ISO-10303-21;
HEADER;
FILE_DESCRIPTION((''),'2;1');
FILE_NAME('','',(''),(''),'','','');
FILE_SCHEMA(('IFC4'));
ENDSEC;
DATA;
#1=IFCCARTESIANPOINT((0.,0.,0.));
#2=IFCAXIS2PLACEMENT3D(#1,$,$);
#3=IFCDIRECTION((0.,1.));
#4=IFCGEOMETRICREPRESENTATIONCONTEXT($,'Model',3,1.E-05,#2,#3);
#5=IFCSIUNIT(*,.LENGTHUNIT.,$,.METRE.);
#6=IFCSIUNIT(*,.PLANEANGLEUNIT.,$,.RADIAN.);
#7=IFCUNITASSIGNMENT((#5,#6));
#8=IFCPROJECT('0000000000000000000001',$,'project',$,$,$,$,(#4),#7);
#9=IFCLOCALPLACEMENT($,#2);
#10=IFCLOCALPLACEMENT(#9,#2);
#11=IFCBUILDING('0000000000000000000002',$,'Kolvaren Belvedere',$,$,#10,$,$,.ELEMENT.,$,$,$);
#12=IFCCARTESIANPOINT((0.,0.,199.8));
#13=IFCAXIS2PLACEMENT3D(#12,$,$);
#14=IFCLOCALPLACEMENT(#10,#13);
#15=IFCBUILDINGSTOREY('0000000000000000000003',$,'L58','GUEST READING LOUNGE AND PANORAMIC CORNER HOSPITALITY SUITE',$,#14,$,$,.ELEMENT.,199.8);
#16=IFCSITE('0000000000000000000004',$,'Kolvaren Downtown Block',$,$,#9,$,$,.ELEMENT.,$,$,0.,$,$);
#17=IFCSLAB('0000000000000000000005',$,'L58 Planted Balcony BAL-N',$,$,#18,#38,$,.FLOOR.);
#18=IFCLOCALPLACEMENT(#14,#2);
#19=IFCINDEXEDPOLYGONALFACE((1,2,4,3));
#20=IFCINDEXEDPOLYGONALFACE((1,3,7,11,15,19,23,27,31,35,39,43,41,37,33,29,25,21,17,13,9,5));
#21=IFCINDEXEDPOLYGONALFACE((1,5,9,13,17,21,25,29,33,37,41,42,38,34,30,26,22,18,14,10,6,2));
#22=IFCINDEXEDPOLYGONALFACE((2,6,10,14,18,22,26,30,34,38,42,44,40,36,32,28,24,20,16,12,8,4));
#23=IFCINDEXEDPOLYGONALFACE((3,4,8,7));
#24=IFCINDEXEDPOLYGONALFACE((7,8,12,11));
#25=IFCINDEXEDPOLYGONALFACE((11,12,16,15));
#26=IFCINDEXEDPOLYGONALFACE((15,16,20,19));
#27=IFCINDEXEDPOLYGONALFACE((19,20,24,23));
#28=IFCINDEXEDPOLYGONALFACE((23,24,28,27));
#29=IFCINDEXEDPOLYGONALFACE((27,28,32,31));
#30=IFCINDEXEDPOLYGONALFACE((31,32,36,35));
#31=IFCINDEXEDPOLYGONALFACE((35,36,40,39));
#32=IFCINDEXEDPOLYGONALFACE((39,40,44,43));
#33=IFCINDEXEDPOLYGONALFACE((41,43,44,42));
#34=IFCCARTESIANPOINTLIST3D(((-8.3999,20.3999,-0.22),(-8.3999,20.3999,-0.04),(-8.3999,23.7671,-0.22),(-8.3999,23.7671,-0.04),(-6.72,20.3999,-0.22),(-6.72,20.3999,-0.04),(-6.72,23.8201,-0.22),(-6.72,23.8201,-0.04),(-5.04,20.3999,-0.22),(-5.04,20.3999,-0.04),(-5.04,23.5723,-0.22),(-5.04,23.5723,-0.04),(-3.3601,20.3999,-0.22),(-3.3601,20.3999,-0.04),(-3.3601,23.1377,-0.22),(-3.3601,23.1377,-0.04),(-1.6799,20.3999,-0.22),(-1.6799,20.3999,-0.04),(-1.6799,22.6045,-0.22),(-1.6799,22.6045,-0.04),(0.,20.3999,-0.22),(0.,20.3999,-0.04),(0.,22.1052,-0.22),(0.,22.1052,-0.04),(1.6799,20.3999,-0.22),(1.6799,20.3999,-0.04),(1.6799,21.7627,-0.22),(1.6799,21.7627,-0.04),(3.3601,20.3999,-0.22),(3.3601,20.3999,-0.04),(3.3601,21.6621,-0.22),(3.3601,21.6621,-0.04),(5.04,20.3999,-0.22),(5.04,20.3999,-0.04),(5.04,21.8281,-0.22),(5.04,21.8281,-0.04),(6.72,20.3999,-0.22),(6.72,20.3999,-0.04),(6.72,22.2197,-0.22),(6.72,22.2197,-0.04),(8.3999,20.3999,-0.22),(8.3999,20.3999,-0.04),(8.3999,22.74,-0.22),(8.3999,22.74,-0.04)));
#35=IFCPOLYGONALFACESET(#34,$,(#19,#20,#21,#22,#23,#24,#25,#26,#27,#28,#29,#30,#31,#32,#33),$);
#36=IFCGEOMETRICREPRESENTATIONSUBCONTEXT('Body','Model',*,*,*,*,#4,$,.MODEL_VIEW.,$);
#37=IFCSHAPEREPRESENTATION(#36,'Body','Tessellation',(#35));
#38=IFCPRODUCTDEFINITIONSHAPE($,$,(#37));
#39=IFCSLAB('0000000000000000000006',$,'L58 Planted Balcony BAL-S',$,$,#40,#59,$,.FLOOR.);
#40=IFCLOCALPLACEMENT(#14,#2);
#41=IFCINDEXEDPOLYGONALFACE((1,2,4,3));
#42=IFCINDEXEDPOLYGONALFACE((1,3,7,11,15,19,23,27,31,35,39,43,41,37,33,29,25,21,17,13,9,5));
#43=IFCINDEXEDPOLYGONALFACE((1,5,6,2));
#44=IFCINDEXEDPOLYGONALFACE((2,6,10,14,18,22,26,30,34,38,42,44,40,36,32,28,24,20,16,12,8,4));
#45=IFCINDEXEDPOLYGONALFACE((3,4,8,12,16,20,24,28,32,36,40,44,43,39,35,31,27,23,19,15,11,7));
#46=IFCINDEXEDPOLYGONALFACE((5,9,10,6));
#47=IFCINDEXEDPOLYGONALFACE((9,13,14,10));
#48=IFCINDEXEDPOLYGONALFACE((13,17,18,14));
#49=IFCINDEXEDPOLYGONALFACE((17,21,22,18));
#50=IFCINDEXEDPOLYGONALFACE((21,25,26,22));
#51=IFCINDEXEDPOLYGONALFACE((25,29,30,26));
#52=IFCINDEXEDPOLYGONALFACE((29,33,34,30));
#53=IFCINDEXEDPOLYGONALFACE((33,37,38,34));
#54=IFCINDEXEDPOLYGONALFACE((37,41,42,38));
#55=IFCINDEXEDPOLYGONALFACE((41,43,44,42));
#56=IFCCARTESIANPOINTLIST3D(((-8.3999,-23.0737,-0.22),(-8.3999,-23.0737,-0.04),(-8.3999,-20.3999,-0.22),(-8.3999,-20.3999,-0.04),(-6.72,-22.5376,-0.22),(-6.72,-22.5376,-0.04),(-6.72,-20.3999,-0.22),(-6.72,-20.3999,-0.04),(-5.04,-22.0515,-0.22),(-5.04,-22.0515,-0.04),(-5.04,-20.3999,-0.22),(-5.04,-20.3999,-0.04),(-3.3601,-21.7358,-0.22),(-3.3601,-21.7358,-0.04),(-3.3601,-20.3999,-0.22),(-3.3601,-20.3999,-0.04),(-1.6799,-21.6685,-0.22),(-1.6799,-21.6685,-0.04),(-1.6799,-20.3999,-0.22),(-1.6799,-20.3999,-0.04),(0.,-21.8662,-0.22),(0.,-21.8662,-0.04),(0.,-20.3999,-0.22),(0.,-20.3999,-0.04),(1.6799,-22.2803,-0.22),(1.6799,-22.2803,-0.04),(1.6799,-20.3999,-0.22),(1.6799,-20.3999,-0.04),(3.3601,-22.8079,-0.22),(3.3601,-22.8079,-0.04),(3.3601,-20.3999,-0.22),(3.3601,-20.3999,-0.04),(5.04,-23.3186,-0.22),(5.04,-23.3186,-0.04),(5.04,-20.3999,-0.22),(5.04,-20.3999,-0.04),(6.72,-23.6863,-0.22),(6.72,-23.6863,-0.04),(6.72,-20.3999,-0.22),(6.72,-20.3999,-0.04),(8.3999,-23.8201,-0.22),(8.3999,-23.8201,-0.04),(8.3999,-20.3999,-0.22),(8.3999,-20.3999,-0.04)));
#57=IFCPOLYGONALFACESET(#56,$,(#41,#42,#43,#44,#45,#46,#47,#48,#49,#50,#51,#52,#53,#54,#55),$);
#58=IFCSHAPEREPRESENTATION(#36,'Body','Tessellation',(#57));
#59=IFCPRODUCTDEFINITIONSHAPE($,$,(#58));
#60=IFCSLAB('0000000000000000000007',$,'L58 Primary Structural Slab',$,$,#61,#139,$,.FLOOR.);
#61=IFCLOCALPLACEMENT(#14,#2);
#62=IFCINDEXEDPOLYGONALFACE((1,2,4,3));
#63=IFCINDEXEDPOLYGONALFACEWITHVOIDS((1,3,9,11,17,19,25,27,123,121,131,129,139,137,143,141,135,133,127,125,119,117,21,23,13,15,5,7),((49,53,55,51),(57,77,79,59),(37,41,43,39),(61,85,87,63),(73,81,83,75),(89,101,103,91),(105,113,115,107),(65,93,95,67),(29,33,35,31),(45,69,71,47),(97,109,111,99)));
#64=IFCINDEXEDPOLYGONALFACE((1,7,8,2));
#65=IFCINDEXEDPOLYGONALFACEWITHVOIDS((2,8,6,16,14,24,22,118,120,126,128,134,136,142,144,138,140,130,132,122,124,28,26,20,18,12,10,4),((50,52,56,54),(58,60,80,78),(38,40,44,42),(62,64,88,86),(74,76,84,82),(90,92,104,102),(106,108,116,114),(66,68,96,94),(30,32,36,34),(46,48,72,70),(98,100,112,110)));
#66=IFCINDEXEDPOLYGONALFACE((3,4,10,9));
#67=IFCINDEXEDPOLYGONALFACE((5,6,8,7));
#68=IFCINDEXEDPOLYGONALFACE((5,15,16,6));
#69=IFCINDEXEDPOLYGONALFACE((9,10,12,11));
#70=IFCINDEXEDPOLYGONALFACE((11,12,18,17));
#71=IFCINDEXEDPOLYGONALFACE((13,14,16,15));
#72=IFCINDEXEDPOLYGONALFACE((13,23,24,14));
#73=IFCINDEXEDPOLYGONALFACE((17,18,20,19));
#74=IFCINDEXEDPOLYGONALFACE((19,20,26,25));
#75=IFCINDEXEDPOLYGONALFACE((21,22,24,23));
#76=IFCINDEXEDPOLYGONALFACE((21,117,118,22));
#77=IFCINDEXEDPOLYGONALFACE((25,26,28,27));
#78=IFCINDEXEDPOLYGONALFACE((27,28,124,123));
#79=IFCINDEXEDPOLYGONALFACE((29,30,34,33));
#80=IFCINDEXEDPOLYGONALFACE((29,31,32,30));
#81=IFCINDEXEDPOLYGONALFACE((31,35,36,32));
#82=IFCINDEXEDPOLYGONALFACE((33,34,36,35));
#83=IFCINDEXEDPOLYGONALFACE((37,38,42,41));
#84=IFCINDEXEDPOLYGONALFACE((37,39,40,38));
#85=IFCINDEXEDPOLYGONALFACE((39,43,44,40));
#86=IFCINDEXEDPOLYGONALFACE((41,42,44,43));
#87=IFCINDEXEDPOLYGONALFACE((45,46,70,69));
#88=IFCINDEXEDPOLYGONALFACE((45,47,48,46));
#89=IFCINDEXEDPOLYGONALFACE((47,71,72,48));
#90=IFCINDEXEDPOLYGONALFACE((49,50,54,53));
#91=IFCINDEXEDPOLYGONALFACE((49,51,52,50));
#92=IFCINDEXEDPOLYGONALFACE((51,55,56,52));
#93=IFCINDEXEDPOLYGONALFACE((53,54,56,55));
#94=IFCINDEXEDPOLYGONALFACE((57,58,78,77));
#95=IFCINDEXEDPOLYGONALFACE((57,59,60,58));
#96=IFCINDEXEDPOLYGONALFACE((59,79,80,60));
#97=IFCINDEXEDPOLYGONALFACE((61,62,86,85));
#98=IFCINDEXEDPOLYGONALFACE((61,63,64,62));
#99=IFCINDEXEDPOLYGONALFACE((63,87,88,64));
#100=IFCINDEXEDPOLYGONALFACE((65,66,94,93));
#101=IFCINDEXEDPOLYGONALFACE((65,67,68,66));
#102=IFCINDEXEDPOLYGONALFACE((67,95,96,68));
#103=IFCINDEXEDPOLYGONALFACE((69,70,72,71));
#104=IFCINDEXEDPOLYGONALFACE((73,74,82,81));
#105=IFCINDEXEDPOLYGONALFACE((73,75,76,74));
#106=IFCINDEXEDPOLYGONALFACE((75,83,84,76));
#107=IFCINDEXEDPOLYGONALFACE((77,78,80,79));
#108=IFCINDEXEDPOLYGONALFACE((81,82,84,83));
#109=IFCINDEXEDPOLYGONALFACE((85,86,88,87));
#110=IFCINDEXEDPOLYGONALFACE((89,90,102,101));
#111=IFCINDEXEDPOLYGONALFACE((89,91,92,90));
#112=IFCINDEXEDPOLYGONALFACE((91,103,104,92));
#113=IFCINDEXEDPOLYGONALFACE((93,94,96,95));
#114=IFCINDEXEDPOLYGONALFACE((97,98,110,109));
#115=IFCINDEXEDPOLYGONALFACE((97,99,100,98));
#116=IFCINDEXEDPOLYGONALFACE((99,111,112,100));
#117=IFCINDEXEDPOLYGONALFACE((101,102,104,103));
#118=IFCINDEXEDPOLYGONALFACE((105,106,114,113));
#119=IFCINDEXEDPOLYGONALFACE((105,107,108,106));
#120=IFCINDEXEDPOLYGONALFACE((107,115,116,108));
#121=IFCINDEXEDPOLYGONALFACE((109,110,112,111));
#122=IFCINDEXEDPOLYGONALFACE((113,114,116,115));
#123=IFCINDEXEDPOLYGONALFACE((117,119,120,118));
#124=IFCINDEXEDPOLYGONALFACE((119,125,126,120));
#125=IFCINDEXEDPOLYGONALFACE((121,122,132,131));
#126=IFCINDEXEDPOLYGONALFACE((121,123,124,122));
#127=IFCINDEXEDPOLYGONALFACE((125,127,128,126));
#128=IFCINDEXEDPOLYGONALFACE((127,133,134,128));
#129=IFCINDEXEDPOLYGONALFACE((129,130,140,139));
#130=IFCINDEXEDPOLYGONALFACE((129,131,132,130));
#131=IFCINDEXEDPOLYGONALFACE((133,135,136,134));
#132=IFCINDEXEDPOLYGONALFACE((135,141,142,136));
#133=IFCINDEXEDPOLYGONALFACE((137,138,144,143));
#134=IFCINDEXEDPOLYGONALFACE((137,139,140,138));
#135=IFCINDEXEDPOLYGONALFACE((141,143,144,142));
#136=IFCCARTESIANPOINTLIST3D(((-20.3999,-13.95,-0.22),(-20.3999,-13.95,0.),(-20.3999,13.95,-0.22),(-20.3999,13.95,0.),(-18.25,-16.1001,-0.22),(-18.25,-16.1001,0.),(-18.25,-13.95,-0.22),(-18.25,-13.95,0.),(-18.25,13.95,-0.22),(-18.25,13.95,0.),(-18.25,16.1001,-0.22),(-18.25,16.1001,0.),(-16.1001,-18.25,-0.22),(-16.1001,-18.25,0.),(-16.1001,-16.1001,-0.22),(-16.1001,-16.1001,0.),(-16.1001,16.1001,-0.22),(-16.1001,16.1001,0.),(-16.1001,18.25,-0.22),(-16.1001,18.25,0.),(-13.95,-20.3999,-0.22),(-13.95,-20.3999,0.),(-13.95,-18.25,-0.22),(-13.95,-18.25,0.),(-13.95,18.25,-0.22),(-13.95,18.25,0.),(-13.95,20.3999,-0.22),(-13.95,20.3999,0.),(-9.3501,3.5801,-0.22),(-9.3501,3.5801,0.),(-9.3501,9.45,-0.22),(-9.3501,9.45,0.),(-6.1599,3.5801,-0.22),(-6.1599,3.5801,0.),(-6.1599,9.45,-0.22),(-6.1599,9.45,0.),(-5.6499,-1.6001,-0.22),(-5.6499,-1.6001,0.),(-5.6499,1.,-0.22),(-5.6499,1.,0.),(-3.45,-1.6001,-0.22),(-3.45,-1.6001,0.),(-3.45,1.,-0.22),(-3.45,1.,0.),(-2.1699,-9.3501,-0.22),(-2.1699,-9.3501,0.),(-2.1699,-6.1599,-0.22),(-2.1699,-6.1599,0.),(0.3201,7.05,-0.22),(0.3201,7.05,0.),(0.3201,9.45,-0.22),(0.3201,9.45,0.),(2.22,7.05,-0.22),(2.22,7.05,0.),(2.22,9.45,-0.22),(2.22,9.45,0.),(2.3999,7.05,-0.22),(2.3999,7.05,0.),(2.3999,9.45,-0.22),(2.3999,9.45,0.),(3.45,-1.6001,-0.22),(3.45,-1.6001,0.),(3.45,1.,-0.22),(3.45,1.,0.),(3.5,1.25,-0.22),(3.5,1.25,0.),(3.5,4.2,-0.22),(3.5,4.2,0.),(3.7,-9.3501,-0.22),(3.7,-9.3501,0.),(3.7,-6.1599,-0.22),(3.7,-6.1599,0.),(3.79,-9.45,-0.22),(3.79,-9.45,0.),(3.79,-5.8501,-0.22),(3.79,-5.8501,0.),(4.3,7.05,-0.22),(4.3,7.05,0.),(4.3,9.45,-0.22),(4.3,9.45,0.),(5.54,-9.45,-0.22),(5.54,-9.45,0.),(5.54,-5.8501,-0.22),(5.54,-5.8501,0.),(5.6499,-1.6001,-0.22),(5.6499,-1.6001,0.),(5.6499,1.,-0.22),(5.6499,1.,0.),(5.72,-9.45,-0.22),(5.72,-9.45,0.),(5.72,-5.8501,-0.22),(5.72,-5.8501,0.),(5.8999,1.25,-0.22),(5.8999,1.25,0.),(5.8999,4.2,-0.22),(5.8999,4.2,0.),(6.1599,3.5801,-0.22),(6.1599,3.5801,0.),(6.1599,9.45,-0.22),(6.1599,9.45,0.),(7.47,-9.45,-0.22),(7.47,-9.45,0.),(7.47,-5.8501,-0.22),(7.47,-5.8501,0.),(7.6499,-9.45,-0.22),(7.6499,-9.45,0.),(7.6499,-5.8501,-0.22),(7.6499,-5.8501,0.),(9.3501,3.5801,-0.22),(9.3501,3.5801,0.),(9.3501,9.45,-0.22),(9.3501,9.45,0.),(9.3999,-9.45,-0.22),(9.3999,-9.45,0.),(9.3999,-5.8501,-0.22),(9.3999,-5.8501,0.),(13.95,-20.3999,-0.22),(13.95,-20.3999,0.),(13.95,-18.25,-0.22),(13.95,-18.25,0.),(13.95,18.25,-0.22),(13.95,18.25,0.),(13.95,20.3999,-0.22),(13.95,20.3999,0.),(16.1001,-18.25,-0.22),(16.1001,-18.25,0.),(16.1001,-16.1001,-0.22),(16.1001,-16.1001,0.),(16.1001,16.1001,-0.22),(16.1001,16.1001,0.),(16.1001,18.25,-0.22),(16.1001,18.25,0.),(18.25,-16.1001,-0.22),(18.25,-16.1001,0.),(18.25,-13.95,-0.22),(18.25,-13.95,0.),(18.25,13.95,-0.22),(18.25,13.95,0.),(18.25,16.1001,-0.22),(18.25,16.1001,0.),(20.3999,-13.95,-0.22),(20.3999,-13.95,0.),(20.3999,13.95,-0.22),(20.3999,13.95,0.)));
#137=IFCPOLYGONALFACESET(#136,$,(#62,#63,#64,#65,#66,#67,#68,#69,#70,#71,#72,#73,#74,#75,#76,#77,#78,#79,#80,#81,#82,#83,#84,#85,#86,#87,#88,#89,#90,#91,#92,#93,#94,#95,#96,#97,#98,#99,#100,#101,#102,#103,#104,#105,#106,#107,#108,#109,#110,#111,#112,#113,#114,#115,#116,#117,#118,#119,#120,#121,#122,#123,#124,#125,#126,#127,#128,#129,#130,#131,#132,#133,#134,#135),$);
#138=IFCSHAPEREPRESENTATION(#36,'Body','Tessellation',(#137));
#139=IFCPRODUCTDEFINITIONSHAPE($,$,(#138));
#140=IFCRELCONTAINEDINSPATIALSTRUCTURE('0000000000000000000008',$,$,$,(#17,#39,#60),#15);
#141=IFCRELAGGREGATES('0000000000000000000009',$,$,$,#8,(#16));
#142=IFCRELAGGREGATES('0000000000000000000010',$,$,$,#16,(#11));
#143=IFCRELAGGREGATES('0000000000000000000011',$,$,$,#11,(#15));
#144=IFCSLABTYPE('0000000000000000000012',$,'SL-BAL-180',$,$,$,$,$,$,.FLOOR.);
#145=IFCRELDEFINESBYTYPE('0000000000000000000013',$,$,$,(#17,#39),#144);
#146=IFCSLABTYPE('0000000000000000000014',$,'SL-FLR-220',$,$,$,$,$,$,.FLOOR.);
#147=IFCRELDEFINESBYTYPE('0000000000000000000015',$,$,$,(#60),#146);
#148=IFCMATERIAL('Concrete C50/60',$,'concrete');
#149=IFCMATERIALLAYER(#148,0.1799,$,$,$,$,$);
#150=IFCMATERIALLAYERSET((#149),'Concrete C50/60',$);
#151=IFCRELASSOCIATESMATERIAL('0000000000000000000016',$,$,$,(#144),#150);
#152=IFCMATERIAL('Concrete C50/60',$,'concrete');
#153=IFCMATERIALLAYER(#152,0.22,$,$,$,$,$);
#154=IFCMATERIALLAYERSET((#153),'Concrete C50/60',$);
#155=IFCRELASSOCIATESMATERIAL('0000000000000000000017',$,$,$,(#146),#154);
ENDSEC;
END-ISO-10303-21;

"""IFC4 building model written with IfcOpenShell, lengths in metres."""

from ifc_helpers import new_model, si_unit, direction, frame, origin, place, context, subcontext, project, spatial, polyline, outline, extrude, material, layer, layer_set, type_object, element, save


model = new_model("IFC4")

# Units and contexts
model_context = context("Model", 3, precision=1e-05, world=origin(), true_north=direction((0.0, 1.0)))
body_context = subcontext(model_context, "Body", "Model", "MODEL_VIEW")
ifc_project = project(units=[si_unit("LENGTHUNIT", "METRE"), si_unit("PLANEANGLEUNIT", "RADIAN")], contexts=[model_context])

# Site, building, storey
site_placement = place(None, origin())
site = spatial("IfcSite", under=ifc_project, at=site_placement, Name="Kolvaren Downtown Block", CompositionType="ELEMENT", RefElevation=0.0)
building_placement = place(site_placement, origin())
building = spatial("IfcBuilding", under=site, at=building_placement, Name="Kolvaren Belvedere", CompositionType="ELEMENT")
storey_placement = place(building_placement, frame((0.0, 0.0, 199.8)))
storey = spatial("IfcBuildingStorey", under=building, at=storey_placement, Name="L58", Description="GUEST READING LOUNGE AND PANORAMIC CORNER HOSPITALITY SUITE", CompositionType="ELEMENT", Elevation=199.8)

# Slabs
ifc_material_1 = material(Name="Concrete C50/60", Category="concrete")
ifc_layer_1 = layer(ifc_material_1, 0.1799)
ifc_layer_set_1 = layer_set([ifc_layer_1], Name="Concrete C50/60")
slab_type_1 = type_object("IfcSlabType", Name="SL-BAL-180", PredefinedType="FLOOR", material=ifc_layer_set_1)
slab_1_placement = place(storey_placement, frame((0.0, 0.0, -0.22)))
element("IfcSlab", 1, at=slab_1_placement, inside=storey, type_object=slab_type_1, Name="L58 Planted Balcony BAL-N", PredefinedType="FLOOR", context=body_context, shape_type="SweptSolid", body=[
    extrude(outline(polyline([(-8.3999, 20.3999), (-6.72, 20.3999), (-5.04, 20.3999), (-3.3601, 20.3999), (-1.6799, 20.3999), (0.0, 20.3999), (1.6799, 20.3999), (3.3601, 20.3999), (5.04, 20.3999), (6.72, 20.3999), (8.3999, 20.3999), (8.3999, 22.74), (6.72, 22.2197), (5.04, 21.8281), (3.3601, 21.6621), (1.6799, 21.7627), (0.0, 22.1052), (-1.6799, 22.6045), (-3.3601, 23.1377), (-5.04, 23.5723), (-6.72, 23.8201), (-8.3999, 23.7671), (-8.3999, 20.3999)])), origin(), (0.0, 0.0, 1.0), 0.1799),
])
slab_2_placement = place(storey_placement, frame((0.0, 0.0, -0.22)))
element("IfcSlab", 2, at=slab_2_placement, inside=storey, type_object=slab_type_1, Name="L58 Planted Balcony BAL-S", PredefinedType="FLOOR", context=body_context, shape_type="SweptSolid", body=[
    extrude(outline(polyline([(-8.3999, -23.0737), (-6.72, -22.5376), (-5.04, -22.0515), (-3.3601, -21.7358), (-1.6799, -21.6685), (0.0, -21.8662), (1.6799, -22.2803), (3.3601, -22.8079), (5.04, -23.3186), (6.72, -23.6863), (8.3999, -23.8201), (8.3999, -20.3999), (6.72, -20.3999), (5.04, -20.3999), (3.3601, -20.3999), (1.6799, -20.3999), (0.0, -20.3999), (-1.6799, -20.3999), (-3.3601, -20.3999), (-5.04, -20.3999), (-6.72, -20.3999), (-8.3999, -20.3999), (-8.3999, -23.0737)])), origin(), (0.0, 0.0, 1.0), 0.1799),
])
ifc_material_2 = material(Name="Concrete C50/60", Category="concrete")
ifc_layer_2 = layer(ifc_material_2, 0.22)
ifc_layer_set_2 = layer_set([ifc_layer_2], Name="Concrete C50/60")
slab_type_2 = type_object("IfcSlabType", Name="SL-FLR-220", PredefinedType="FLOOR", material=ifc_layer_set_2)
slab_3_placement = place(storey_placement, frame((0.0, 0.0, -0.22)))
element("IfcSlab", 3, at=slab_3_placement, inside=storey, type_object=slab_type_2, Name="L58 Primary Structural Slab", PredefinedType="FLOOR", context=body_context, shape_type="SweptSolid", body=[
    extrude(outline(polyline([(-13.95, -20.3999), (13.95, -20.3999), (13.95, -18.25), (16.1001, -18.25), (16.1001, -16.1001), (18.25, -16.1001), (18.25, -13.95), (20.3999, -13.95), (20.3999, 13.95), (18.25, 13.95), (18.25, 16.1001), (16.1001, 16.1001), (16.1001, 18.25), (13.95, 18.25), (13.95, 20.3999), (-13.95, 20.3999), (-13.95, 18.25), (-16.1001, 18.25), (-16.1001, 16.1001), (-18.25, 16.1001), (-18.25, 13.95), (-20.3999, 13.95), (-20.3999, -13.95), (-18.25, -13.95), (-18.25, -16.1001), (-16.1001, -16.1001), (-16.1001, -18.25), (-13.95, -18.25), (-13.95, -20.3999)]), holes=[polyline([(-9.3501, 3.5801), (-6.1599, 3.5801), (-6.1599, 9.45), (-9.3501, 9.45), (-9.3501, 3.5801)]), polyline([(6.1599, 3.5801), (9.3501, 3.5801), (9.3501, 9.45), (6.1599, 9.45), (6.1599, 3.5801)]), polyline([(-2.1699, -9.3501), (3.7, -9.3501), (3.7, -6.1599), (-2.1699, -6.1599), (-2.1699, -9.3501)]), polyline([(-5.6499, -1.6001), (-3.45, -1.6001), (-3.45, 1.0), (-5.6499, 1.0), (-5.6499, -1.6001)]), polyline([(3.5, 1.25), (5.8999, 1.25), (5.8999, 4.2), (3.5, 4.2), (3.5, 1.25)]), polyline([(3.45, -1.6001), (5.6499, -1.6001), (5.6499, 1.0), (3.45, 1.0), (3.45, -1.6001)]), polyline([(3.79, -9.45), (5.54, -9.45), (5.54, -5.8501), (3.79, -5.8501), (3.79, -9.45)]), polyline([(5.72, -9.45), (7.47, -9.45), (7.47, -5.8501), (5.72, -5.8501), (5.72, -9.45)]), polyline([(7.6499, -9.45), (9.3999, -9.45), (9.3999, -5.8501), (7.6499, -5.8501), (7.6499, -9.45)]), polyline([(0.3201, 7.05), (2.22, 7.05), (2.22, 9.45), (0.3201, 9.45), (0.3201, 7.05)]), polyline([(2.3999, 7.05), (4.3, 7.05), (4.3, 9.45), (2.3999, 9.45), (2.3999, 7.05)])]), origin(), (0.0, 0.0, 1.0), 0.22),
])

save(model, "model.ifc")
